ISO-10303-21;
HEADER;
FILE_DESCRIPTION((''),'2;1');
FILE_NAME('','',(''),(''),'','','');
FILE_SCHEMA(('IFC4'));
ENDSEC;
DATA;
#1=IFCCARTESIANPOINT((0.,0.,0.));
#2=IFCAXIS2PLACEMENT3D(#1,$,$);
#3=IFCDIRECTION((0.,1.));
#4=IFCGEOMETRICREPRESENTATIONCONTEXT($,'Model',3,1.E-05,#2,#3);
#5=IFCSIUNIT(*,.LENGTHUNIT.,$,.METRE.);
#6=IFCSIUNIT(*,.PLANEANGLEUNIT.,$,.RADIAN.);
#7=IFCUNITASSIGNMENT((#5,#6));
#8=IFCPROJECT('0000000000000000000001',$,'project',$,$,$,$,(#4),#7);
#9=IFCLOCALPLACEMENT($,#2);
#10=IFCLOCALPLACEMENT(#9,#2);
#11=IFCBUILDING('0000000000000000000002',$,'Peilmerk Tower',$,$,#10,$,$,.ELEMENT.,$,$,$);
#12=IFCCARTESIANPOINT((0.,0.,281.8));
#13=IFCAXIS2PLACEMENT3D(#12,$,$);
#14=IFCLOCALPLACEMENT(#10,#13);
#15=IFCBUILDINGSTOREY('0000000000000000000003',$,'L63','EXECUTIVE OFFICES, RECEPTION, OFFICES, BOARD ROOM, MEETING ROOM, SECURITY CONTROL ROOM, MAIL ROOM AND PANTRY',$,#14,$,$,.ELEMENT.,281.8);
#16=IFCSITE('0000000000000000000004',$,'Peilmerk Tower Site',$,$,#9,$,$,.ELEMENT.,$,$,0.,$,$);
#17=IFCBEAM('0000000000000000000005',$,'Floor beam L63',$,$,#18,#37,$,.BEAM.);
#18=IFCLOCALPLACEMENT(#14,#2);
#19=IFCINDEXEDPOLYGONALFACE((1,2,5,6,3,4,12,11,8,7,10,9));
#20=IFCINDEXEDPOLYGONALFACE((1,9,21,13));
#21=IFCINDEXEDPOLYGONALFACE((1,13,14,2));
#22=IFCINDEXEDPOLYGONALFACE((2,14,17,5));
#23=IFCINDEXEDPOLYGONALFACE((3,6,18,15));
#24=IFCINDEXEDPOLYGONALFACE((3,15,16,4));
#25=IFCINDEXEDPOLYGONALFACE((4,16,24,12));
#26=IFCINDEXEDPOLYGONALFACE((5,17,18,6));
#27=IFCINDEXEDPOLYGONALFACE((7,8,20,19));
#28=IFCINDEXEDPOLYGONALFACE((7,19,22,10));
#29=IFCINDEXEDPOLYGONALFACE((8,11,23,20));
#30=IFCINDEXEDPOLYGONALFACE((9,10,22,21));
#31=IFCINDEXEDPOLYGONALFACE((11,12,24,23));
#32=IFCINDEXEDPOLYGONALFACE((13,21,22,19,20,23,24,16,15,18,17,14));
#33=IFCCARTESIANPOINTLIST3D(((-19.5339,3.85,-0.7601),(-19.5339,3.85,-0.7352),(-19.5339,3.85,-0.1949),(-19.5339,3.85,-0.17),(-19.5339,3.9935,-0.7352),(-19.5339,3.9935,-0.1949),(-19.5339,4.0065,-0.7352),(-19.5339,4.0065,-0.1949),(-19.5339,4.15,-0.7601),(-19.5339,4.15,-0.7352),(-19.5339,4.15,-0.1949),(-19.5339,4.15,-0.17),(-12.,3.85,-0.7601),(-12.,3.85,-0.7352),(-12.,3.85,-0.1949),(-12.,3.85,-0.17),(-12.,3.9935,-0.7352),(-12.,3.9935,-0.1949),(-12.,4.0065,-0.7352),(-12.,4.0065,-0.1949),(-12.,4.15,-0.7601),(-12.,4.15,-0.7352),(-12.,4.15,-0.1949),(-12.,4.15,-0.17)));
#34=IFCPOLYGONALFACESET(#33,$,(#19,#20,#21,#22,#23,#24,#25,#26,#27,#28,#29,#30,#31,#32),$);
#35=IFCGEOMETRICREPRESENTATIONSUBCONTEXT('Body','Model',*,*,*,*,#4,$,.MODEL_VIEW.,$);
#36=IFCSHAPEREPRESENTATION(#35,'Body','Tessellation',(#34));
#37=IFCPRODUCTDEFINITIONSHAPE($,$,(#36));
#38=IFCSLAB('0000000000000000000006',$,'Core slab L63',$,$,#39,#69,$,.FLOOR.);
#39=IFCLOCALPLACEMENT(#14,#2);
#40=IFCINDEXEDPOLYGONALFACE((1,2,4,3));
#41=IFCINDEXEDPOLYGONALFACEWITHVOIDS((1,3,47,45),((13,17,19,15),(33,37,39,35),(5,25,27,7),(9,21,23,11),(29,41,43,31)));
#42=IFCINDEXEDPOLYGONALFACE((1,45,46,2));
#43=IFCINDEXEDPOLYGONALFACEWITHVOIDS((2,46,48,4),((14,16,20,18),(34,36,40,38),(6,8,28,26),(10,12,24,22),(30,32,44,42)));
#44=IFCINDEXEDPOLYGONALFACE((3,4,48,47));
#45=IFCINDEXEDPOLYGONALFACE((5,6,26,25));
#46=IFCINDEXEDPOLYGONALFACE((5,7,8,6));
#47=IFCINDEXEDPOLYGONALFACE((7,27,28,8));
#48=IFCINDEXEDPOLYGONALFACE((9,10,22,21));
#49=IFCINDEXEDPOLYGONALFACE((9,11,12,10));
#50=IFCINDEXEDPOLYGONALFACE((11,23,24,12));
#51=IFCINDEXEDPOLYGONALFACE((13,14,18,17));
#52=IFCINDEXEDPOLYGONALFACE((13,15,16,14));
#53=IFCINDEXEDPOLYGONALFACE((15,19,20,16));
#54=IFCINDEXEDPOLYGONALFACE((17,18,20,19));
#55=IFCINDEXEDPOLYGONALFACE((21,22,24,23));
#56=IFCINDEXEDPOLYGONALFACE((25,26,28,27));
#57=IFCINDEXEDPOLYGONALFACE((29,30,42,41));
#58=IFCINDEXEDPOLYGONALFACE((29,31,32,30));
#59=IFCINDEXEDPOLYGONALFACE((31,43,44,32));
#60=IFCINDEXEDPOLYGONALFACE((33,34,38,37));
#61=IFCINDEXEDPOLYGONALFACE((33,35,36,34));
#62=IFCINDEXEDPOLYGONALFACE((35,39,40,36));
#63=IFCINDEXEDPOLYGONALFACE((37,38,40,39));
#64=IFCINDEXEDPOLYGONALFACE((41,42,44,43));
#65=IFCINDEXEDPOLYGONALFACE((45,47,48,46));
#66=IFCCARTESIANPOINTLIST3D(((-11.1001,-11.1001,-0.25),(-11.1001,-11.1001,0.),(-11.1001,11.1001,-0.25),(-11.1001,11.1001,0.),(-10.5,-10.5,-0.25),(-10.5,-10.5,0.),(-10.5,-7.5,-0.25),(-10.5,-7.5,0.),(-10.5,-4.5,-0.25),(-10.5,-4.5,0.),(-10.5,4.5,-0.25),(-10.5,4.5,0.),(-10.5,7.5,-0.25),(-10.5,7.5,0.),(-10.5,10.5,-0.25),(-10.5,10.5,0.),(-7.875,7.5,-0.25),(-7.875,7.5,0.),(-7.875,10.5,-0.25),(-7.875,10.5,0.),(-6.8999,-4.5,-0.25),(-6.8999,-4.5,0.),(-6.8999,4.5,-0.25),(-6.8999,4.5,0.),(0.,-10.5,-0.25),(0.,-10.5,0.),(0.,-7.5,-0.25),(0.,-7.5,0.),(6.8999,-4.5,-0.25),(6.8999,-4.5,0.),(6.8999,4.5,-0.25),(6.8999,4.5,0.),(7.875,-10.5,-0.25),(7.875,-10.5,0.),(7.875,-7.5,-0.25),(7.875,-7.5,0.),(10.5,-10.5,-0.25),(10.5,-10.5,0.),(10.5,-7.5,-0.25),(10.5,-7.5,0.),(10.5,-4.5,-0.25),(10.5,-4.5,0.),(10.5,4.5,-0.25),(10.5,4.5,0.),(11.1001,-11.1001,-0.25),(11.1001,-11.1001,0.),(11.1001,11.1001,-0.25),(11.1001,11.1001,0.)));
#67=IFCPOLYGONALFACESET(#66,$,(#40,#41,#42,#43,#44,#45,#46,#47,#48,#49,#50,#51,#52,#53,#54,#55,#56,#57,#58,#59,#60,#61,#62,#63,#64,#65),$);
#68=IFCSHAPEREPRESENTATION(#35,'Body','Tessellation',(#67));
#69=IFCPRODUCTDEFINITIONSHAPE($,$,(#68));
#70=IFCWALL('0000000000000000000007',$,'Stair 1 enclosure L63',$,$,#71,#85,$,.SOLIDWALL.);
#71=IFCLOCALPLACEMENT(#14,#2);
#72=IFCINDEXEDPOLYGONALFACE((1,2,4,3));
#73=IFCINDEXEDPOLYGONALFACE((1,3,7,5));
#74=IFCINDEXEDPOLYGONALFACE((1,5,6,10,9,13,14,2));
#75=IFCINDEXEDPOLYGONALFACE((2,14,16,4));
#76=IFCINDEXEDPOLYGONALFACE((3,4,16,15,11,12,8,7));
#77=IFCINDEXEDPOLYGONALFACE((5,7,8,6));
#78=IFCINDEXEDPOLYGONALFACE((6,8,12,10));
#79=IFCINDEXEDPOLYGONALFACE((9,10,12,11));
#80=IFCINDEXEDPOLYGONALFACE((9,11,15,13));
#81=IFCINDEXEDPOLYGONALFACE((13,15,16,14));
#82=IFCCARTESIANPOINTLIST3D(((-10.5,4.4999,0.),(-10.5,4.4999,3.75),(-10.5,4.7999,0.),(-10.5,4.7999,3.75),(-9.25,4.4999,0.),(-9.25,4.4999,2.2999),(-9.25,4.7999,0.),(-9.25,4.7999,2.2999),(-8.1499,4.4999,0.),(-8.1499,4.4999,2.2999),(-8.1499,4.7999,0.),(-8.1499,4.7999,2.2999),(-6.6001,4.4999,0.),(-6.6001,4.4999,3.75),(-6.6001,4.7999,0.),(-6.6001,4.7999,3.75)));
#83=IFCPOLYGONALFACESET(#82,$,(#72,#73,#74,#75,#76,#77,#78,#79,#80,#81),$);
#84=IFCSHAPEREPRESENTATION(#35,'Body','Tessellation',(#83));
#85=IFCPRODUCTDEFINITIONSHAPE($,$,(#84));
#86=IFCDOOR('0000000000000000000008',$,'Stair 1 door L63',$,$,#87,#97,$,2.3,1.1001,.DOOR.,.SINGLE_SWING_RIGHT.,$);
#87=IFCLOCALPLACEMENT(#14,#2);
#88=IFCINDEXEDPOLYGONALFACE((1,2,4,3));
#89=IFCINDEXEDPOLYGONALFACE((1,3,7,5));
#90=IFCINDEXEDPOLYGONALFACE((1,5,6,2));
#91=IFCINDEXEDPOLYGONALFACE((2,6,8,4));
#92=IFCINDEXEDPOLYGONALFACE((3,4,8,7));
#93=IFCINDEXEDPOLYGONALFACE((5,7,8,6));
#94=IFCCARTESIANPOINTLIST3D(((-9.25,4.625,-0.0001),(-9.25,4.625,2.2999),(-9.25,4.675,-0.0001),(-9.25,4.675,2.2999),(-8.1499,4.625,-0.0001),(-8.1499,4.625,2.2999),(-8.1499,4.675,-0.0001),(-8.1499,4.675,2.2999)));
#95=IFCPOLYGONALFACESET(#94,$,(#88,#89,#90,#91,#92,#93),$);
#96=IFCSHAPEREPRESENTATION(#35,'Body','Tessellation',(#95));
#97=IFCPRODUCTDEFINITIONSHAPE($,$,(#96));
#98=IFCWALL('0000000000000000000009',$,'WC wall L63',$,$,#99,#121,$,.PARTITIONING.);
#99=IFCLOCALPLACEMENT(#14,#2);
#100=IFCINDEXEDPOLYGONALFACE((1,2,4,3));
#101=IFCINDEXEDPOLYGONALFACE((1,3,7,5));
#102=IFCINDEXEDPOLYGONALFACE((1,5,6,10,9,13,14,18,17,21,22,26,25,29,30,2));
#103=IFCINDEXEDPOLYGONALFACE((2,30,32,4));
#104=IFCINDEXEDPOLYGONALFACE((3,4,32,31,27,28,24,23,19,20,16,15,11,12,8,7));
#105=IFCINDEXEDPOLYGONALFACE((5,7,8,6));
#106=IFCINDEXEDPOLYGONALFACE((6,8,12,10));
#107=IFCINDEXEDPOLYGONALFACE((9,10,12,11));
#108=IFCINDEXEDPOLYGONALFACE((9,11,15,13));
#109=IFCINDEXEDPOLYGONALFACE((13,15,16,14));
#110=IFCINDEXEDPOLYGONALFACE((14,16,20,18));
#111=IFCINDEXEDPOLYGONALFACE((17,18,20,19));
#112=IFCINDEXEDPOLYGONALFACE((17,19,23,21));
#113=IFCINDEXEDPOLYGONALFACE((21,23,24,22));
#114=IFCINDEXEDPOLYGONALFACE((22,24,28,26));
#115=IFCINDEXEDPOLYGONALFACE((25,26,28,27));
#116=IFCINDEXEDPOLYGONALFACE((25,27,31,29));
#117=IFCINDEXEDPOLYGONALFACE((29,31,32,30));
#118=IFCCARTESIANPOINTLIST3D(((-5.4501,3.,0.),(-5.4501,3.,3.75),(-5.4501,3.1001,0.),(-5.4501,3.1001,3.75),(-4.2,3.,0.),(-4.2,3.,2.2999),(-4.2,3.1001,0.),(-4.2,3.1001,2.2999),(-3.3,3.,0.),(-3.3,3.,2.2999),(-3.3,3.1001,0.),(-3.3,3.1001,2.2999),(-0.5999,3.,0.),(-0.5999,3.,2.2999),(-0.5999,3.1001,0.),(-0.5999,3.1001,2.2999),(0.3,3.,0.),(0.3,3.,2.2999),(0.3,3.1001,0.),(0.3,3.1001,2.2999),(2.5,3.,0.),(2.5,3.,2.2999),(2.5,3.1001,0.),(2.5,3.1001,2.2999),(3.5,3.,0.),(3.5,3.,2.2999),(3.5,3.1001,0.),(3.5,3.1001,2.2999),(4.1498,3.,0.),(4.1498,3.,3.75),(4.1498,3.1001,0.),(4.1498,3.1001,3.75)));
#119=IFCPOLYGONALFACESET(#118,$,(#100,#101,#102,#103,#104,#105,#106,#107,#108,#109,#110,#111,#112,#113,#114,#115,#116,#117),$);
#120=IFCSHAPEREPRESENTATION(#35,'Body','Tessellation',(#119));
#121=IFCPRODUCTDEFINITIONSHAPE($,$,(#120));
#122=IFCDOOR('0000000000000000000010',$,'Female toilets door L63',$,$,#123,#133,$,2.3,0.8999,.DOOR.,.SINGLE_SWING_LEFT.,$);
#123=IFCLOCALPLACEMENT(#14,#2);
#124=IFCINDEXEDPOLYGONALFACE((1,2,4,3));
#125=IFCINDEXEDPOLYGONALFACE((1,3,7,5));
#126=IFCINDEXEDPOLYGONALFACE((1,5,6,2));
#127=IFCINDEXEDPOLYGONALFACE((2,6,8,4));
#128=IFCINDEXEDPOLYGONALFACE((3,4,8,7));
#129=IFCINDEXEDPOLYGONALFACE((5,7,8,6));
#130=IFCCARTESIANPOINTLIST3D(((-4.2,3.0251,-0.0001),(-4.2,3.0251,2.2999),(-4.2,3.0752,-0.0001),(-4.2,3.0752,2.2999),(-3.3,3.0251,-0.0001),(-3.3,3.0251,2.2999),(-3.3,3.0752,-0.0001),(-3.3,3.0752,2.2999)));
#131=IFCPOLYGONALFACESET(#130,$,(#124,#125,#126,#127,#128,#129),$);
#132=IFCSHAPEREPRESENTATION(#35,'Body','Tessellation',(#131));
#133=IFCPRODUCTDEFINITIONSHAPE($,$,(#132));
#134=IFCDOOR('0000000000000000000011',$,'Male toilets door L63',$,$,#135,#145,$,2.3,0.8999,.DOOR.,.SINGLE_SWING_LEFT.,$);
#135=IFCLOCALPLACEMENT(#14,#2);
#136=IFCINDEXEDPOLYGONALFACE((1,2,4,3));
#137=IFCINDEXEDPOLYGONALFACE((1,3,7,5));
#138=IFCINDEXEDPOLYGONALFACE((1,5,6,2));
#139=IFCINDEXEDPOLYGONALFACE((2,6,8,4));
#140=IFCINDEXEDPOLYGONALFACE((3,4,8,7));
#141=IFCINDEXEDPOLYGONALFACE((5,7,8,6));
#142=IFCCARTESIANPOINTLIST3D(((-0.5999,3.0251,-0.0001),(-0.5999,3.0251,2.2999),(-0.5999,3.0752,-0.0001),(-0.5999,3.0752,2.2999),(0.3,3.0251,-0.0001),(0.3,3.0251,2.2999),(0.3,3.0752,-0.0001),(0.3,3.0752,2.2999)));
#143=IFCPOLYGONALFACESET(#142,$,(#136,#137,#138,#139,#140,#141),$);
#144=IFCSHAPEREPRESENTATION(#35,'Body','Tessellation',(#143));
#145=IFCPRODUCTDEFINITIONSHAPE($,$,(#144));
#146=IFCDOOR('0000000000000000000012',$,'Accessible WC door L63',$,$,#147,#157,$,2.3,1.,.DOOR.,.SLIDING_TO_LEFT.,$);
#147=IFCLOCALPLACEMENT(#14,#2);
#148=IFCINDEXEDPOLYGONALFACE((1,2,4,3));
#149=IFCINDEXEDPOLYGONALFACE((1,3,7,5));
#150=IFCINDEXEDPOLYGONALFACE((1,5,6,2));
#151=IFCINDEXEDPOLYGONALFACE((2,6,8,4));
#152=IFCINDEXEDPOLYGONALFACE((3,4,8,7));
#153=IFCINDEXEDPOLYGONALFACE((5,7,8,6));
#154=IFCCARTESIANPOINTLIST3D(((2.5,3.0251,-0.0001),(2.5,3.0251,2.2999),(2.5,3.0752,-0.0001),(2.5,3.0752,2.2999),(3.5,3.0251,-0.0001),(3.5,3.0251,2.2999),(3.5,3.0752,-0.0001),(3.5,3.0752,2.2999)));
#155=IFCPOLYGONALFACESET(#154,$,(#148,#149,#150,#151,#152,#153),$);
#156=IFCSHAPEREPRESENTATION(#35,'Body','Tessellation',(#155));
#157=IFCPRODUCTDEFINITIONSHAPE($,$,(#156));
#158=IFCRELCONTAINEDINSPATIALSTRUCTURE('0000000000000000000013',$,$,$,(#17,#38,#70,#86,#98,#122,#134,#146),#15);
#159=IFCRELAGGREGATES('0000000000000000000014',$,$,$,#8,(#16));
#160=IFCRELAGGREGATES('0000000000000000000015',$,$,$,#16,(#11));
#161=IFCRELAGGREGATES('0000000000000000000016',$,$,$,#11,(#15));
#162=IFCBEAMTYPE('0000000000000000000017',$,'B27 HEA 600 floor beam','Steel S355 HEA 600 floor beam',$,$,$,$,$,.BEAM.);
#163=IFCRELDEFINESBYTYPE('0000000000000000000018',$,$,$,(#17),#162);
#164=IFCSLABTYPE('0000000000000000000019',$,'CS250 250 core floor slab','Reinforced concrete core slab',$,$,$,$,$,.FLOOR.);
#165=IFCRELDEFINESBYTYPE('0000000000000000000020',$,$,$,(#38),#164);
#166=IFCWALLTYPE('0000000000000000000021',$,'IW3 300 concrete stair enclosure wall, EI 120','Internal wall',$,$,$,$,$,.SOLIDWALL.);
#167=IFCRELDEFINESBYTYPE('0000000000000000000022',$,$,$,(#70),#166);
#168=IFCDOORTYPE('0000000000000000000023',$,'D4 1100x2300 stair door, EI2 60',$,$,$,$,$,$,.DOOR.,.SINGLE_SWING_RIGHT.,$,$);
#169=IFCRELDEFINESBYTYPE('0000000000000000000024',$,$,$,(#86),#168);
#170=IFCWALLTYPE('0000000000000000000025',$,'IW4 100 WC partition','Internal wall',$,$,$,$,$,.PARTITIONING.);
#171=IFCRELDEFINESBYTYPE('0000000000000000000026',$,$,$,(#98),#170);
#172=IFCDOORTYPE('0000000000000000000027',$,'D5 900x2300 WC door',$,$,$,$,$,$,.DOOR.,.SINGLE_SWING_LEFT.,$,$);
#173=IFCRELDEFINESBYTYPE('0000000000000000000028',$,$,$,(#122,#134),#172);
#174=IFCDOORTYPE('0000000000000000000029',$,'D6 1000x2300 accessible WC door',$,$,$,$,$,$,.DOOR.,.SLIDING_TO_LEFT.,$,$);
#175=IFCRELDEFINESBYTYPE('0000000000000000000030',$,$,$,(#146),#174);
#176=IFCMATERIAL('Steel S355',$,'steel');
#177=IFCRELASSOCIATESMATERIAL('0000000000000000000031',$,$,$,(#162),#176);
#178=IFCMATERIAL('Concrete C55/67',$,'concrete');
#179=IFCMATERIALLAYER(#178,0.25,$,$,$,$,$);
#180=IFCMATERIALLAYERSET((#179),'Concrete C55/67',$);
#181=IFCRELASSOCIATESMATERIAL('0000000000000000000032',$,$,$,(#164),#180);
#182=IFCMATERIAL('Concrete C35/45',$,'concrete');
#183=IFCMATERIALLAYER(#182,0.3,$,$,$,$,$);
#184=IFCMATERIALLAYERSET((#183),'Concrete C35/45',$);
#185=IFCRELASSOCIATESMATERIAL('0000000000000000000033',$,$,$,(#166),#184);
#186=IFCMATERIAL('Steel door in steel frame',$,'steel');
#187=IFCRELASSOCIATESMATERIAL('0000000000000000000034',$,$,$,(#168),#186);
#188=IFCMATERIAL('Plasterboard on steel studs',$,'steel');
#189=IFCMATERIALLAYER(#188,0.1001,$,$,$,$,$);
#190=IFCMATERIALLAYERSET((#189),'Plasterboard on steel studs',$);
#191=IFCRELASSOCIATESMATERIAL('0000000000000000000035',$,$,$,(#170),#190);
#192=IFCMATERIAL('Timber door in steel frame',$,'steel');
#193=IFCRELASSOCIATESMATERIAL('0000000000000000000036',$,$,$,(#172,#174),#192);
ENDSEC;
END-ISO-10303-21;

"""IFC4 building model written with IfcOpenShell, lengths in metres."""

from ifc_helpers import new_model, si_unit, direction, frame, frame_2d, origin, origin_2d, place, context, subcontext, project, spatial, polyline, rectangle, i_section, outline, extrude, material, layer, layer_set, material_profile, profile_set, type_object, element, fill, save


model = new_model("IFC4")

# Units and contexts
model_context = context("Model", 3, precision=1e-05, world=origin(), true_north=direction((0.0, 1.0)))
body_context = subcontext(model_context, "Body", "Model", "MODEL_VIEW")
ifc_project = project(units=[si_unit("LENGTHUNIT", "METRE"), si_unit("PLANEANGLEUNIT", "RADIAN")], contexts=[model_context])

# Site, building, storey
site_placement = place(None, origin())
site = spatial("IfcSite", under=ifc_project, at=site_placement, Name="Peilmerk Tower Site", CompositionType="ELEMENT", RefElevation=0.0)
building_placement = place(site_placement, origin())
building = spatial("IfcBuilding", under=site, at=building_placement, Name="Peilmerk Tower", CompositionType="ELEMENT")
storey_placement = place(building_placement, frame((0.0, 0.0, 281.8)))
storey = spatial("IfcBuildingStorey", under=building, at=storey_placement, Name="L63", Description="EXECUTIVE OFFICES, RECEPTION, OFFICES, BOARD ROOM, MEETING ROOM, SECURITY CONTROL ROOM, MAIL ROOM AND PANTRY", CompositionType="ELEMENT", Elevation=281.8)

# Beam
ifc_material_1 = material(Name="Steel S355", Category="steel")
ifc_material_profile = material_profile(ifc_material_1, i_section(OverallWidth=0.3, OverallDepth=0.5901, WebThickness=0.0129, FlangeThickness=0.0249, at=origin_2d()), Name="HEA 600")
ifc_profile_set = profile_set([ifc_material_profile], Name="Steel S355")
beam_type = type_object("IfcBeamType", Name="B27 HEA 600 floor beam", Description="Steel S355 HEA 600 floor beam", PredefinedType="BEAM", material=ifc_profile_set)
beam_placement = place(storey_placement, frame((-12.0, 4.0, -0.4651), z_axis=(-1.0, 0.0, 0.0), x_axis=(0.0, -1.0, 0.0)))
element("IfcBeam", 1, at=beam_placement, inside=storey, type_object=beam_type, Name="Floor beam L63", PredefinedType="BEAM", context=body_context, shape_type="SweptSolid", body=[
    extrude(i_section(OverallWidth=0.3, OverallDepth=0.5901, WebThickness=0.0129, FlangeThickness=0.0249, at=origin_2d()), origin(), (0.0, 0.0, 1.0), 7.5339),
])

# Slab
ifc_material_2 = material(Name="Concrete C55/67", Category="concrete")
ifc_layer_1 = layer(ifc_material_2, 0.25)
ifc_layer_set_1 = layer_set([ifc_layer_1], Name="Concrete C55/67")
slab_type = type_object("IfcSlabType", Name="CS250 250 core floor slab", Description="Reinforced concrete core slab", PredefinedType="FLOOR", material=ifc_layer_set_1)
slab_placement = place(storey_placement, frame((0.0, 0.0, -0.25)))
element("IfcSlab", 2, at=slab_placement, inside=storey, type_object=slab_type, Name="Core slab L63", PredefinedType="FLOOR", context=body_context, shape_type="SweptSolid", body=[
    extrude(outline(polyline([(11.1001, -11.1001), (11.1001, 11.1001), (-11.1001, 11.1001), (-11.1001, -11.1001), (11.1001, -11.1001)]), holes=[polyline([(-7.875, 7.5), (-10.5, 7.5), (-10.5, 10.5), (-7.875, 10.5), (-7.875, 7.5)]), polyline([(0.0, -10.5), (-10.5, -10.5), (-10.5, -7.5), (0.0, -7.5), (0.0, -10.5)]), polyline([(7.875, -10.5), (7.875, -7.5), (10.5, -7.5), (10.5, -10.5), (7.875, -10.5)]), polyline([(-10.5, 4.5), (-6.8999, 4.5), (-6.8999, -4.5), (-10.5, -4.5), (-10.5, 4.5)]), polyline([(10.5, 4.5), (10.5, -4.5), (6.8999, -4.5), (6.8999, 4.5), (10.5, 4.5)])]), origin(), (0.0, 0.0, 1.0), 0.25),
])

# Wall, opening, door
ifc_material_3 = material(Name="Concrete C35/45", Category="concrete")
ifc_layer_2 = layer(ifc_material_3, 0.3)
ifc_layer_set_2 = layer_set([ifc_layer_2], Name="Concrete C35/45")
wall_type_1 = type_object("IfcWallType", Name="IW3 300 concrete stair enclosure wall, EI 120", Description="Internal wall", PredefinedType="SOLIDWALL", material=ifc_layer_set_2)
wall_1_placement = place(storey_placement, frame((-10.5, 4.6499, 0.0), z_axis=(0.0, 0.0, 1.0), x_axis=(1.0, 0.0, 0.0)))
wall_1 = element("IfcWall", 3, at=wall_1_placement, inside=storey, type_object=wall_type_1, Name="Stair 1 enclosure L63", PredefinedType="SOLIDWALL", context=body_context, shape_type="SweptSolid", body=[
    extrude(rectangle(XDim=3.8999, YDim=0.3, at=frame_2d((1.95, 0.0))), origin(), (0.0, 0.0, 1.0), 3.75),
])
opening_1_placement = place(wall_1_placement, frame((1.25, 0.0, 0.0)))
opening_1 = element("IfcOpeningElement", 4, at=opening_1_placement, cuts=wall_1, PredefinedType="OPENING", context=body_context, shape_type="SweptSolid", body=[
    extrude(rectangle(XDim=1.1001, YDim=2.3, at=frame_2d((0.55, 1.1499))), frame((0.0, 0.1599, 0.0), z_axis=(0.0, -1.0, 0.0), x_axis=(1.0, 0.0, 0.0)), (0.0, 0.0, 1.0), 0.3201),
])
ifc_material_4 = material(Name="Steel door in steel frame", Category="steel")
door_type_1 = type_object("IfcDoorType", Name="D4 1100x2300 stair door, EI2 60", OperationType="SINGLE_SWING_RIGHT", PredefinedType="DOOR", material=ifc_material_4)
door_1_placement = place(opening_1_placement, frame((1.1001, 0.0, 0.0), z_axis=(0.0, 0.0, 1.0), x_axis=(-1.0, 0.0, 0.0)))
door_1 = element("IfcDoor", 5, at=door_1_placement, inside=storey, type_object=door_type_1, Name="Stair 1 door L63", OperationType="SINGLE_SWING_RIGHT", OverallHeight=2.3, OverallWidth=1.1001, PredefinedType="DOOR", context=body_context, shape_type="SweptSolid", body=[
    extrude(rectangle(XDim=1.1001, YDim=2.3, at=frame_2d((0.55, 1.1499))), frame((0.0, 0.0249, 0.0), z_axis=(0.0, -1.0, 0.0), x_axis=(1.0, 0.0, 0.0)), (0.0, 0.0, 1.0), 0.05),
])
fill(opening_1, door_1)

# Wall, openings, doors
ifc_material_5 = material(Name="Plasterboard on steel studs", Category="steel")
ifc_layer_3 = layer(ifc_material_5, 0.1001)
ifc_layer_set_3 = layer_set([ifc_layer_3], Name="Plasterboard on steel studs")
wall_type_2 = type_object("IfcWallType", Name="IW4 100 WC partition", Description="Internal wall", PredefinedType="PARTITIONING", material=ifc_layer_set_3)
wall_2_placement = place(storey_placement, frame((-5.45, 3.05, 0.0), z_axis=(0.0, 0.0, 1.0), x_axis=(1.0, 0.0, 0.0)))
wall_2 = element("IfcWall", 6, at=wall_2_placement, inside=storey, type_object=wall_type_2, Name="WC wall L63", PredefinedType="PARTITIONING", context=body_context, shape_type="SweptSolid", body=[
    extrude(rectangle(XDim=9.5999, YDim=0.1001, at=frame_2d((4.7998, 0.0))), origin(), (0.0, 0.0, 1.0), 3.75),
])
opening_2_placement = place(wall_2_placement, frame((1.25, 0.0, 0.0)))
opening_2 = element("IfcOpeningElement", 7, at=opening_2_placement, cuts=wall_2, PredefinedType="OPENING", context=body_context, shape_type="SweptSolid", body=[
    extrude(rectangle(XDim=0.8999, YDim=2.3, at=frame_2d((0.45, 1.1499))), frame((0.0, 0.0601, 0.0), z_axis=(0.0, -1.0, 0.0), x_axis=(1.0, 0.0, 0.0)), (0.0, 0.0, 1.0), 0.1201),
])
opening_3_placement = place(wall_2_placement, frame((4.8501, 0.0, 0.0)))
opening_3 = element("IfcOpeningElement", 8, at=opening_3_placement, cuts=wall_2, PredefinedType="OPENING", context=body_context, shape_type="SweptSolid", body=[
    extrude(rectangle(XDim=0.8999, YDim=2.3, at=frame_2d((0.45, 1.1499))), frame((0.0, 0.0601, 0.0), z_axis=(0.0, -1.0, 0.0), x_axis=(1.0, 0.0, 0.0)), (0.0, 0.0, 1.0), 0.1201),
])
opening_4_placement = place(wall_2_placement, frame((7.95, 0.0, 0.0)))
opening_4 = element("IfcOpeningElement", 9, at=opening_4_placement, cuts=wall_2, PredefinedType="OPENING", context=body_context, shape_type="SweptSolid", body=[
    extrude(rectangle(XDim=1.0, YDim=2.3, at=frame_2d((0.5, 1.1499))), frame((0.0, 0.0601, 0.0), z_axis=(0.0, -1.0, 0.0), x_axis=(1.0, 0.0, 0.0)), (0.0, 0.0, 1.0), 0.1201),
])
ifc_material_6 = material(Name="Timber door in steel frame", Category="steel")
door_type_2 = type_object("IfcDoorType", Name="D5 900x2300 WC door", OperationType="SINGLE_SWING_LEFT", PredefinedType="DOOR", material=ifc_material_6)
door_2_placement = place(opening_2_placement, frame((0.8999, 0.0, 0.0), z_axis=(0.0, 0.0, 1.0), x_axis=(-1.0, 0.0, 0.0)))
door_2 = element("IfcDoor", 10, at=door_2_placement, inside=storey, type_object=door_type_2, Name="Female toilets door L63", OperationType="SINGLE_SWING_LEFT", OverallHeight=2.3, OverallWidth=0.8999, PredefinedType="DOOR", context=body_context, shape_type="SweptSolid", body=[
    extrude(rectangle(XDim=0.8999, YDim=2.3, at=frame_2d((0.45, 1.1499))), frame((0.0, 0.0249, 0.0), z_axis=(0.0, -1.0, 0.0), x_axis=(1.0, 0.0, 0.0)), (0.0, 0.0, 1.0), 0.05),
])
fill(opening_2, door_2)
door_3_placement = place(opening_3_placement, frame((0.8999, 0.0, 0.0), z_axis=(0.0, 0.0, 1.0), x_axis=(-1.0, 0.0, 0.0)))
door_3 = element("IfcDoor", 11, at=door_3_placement, inside=storey, type_object=door_type_2, Name="Male toilets door L63", OperationType="SINGLE_SWING_LEFT", OverallHeight=2.3, OverallWidth=0.8999, PredefinedType="DOOR", context=body_context, shape_type="SweptSolid", body=[
    extrude(rectangle(XDim=0.8999, YDim=2.3, at=frame_2d((0.45, 1.1499))), frame((0.0, 0.0249, 0.0), z_axis=(0.0, -1.0, 0.0), x_axis=(1.0, 0.0, 0.0)), (0.0, 0.0, 1.0), 0.05),
])
fill(opening_3, door_3)
door_type_3 = type_object("IfcDoorType", Name="D6 1000x2300 accessible WC door", OperationType="SLIDING_TO_LEFT", PredefinedType="DOOR", material=ifc_material_6)
door_4_placement = place(opening_4_placement, frame((1.0, 0.0, 0.0), z_axis=(0.0, 0.0, 1.0), x_axis=(-1.0, 0.0, 0.0)))
door_4 = element("IfcDoor", 12, at=door_4_placement, inside=storey, type_object=door_type_3, Name="Accessible WC door L63", OperationType="SLIDING_TO_LEFT", OverallHeight=2.3, OverallWidth=1.0, PredefinedType="DOOR", context=body_context, shape_type="SweptSolid", body=[
    extrude(rectangle(XDim=1.0, YDim=2.3, at=frame_2d((0.5, 1.1499))), frame((0.0, 0.0249, 0.0), z_axis=(0.0, -1.0, 0.0), x_axis=(1.0, 0.0, 0.0)), (0.0, 0.0, 1.0), 0.05),
])
fill(opening_4, door_4)

save(model, "model.ifc")
